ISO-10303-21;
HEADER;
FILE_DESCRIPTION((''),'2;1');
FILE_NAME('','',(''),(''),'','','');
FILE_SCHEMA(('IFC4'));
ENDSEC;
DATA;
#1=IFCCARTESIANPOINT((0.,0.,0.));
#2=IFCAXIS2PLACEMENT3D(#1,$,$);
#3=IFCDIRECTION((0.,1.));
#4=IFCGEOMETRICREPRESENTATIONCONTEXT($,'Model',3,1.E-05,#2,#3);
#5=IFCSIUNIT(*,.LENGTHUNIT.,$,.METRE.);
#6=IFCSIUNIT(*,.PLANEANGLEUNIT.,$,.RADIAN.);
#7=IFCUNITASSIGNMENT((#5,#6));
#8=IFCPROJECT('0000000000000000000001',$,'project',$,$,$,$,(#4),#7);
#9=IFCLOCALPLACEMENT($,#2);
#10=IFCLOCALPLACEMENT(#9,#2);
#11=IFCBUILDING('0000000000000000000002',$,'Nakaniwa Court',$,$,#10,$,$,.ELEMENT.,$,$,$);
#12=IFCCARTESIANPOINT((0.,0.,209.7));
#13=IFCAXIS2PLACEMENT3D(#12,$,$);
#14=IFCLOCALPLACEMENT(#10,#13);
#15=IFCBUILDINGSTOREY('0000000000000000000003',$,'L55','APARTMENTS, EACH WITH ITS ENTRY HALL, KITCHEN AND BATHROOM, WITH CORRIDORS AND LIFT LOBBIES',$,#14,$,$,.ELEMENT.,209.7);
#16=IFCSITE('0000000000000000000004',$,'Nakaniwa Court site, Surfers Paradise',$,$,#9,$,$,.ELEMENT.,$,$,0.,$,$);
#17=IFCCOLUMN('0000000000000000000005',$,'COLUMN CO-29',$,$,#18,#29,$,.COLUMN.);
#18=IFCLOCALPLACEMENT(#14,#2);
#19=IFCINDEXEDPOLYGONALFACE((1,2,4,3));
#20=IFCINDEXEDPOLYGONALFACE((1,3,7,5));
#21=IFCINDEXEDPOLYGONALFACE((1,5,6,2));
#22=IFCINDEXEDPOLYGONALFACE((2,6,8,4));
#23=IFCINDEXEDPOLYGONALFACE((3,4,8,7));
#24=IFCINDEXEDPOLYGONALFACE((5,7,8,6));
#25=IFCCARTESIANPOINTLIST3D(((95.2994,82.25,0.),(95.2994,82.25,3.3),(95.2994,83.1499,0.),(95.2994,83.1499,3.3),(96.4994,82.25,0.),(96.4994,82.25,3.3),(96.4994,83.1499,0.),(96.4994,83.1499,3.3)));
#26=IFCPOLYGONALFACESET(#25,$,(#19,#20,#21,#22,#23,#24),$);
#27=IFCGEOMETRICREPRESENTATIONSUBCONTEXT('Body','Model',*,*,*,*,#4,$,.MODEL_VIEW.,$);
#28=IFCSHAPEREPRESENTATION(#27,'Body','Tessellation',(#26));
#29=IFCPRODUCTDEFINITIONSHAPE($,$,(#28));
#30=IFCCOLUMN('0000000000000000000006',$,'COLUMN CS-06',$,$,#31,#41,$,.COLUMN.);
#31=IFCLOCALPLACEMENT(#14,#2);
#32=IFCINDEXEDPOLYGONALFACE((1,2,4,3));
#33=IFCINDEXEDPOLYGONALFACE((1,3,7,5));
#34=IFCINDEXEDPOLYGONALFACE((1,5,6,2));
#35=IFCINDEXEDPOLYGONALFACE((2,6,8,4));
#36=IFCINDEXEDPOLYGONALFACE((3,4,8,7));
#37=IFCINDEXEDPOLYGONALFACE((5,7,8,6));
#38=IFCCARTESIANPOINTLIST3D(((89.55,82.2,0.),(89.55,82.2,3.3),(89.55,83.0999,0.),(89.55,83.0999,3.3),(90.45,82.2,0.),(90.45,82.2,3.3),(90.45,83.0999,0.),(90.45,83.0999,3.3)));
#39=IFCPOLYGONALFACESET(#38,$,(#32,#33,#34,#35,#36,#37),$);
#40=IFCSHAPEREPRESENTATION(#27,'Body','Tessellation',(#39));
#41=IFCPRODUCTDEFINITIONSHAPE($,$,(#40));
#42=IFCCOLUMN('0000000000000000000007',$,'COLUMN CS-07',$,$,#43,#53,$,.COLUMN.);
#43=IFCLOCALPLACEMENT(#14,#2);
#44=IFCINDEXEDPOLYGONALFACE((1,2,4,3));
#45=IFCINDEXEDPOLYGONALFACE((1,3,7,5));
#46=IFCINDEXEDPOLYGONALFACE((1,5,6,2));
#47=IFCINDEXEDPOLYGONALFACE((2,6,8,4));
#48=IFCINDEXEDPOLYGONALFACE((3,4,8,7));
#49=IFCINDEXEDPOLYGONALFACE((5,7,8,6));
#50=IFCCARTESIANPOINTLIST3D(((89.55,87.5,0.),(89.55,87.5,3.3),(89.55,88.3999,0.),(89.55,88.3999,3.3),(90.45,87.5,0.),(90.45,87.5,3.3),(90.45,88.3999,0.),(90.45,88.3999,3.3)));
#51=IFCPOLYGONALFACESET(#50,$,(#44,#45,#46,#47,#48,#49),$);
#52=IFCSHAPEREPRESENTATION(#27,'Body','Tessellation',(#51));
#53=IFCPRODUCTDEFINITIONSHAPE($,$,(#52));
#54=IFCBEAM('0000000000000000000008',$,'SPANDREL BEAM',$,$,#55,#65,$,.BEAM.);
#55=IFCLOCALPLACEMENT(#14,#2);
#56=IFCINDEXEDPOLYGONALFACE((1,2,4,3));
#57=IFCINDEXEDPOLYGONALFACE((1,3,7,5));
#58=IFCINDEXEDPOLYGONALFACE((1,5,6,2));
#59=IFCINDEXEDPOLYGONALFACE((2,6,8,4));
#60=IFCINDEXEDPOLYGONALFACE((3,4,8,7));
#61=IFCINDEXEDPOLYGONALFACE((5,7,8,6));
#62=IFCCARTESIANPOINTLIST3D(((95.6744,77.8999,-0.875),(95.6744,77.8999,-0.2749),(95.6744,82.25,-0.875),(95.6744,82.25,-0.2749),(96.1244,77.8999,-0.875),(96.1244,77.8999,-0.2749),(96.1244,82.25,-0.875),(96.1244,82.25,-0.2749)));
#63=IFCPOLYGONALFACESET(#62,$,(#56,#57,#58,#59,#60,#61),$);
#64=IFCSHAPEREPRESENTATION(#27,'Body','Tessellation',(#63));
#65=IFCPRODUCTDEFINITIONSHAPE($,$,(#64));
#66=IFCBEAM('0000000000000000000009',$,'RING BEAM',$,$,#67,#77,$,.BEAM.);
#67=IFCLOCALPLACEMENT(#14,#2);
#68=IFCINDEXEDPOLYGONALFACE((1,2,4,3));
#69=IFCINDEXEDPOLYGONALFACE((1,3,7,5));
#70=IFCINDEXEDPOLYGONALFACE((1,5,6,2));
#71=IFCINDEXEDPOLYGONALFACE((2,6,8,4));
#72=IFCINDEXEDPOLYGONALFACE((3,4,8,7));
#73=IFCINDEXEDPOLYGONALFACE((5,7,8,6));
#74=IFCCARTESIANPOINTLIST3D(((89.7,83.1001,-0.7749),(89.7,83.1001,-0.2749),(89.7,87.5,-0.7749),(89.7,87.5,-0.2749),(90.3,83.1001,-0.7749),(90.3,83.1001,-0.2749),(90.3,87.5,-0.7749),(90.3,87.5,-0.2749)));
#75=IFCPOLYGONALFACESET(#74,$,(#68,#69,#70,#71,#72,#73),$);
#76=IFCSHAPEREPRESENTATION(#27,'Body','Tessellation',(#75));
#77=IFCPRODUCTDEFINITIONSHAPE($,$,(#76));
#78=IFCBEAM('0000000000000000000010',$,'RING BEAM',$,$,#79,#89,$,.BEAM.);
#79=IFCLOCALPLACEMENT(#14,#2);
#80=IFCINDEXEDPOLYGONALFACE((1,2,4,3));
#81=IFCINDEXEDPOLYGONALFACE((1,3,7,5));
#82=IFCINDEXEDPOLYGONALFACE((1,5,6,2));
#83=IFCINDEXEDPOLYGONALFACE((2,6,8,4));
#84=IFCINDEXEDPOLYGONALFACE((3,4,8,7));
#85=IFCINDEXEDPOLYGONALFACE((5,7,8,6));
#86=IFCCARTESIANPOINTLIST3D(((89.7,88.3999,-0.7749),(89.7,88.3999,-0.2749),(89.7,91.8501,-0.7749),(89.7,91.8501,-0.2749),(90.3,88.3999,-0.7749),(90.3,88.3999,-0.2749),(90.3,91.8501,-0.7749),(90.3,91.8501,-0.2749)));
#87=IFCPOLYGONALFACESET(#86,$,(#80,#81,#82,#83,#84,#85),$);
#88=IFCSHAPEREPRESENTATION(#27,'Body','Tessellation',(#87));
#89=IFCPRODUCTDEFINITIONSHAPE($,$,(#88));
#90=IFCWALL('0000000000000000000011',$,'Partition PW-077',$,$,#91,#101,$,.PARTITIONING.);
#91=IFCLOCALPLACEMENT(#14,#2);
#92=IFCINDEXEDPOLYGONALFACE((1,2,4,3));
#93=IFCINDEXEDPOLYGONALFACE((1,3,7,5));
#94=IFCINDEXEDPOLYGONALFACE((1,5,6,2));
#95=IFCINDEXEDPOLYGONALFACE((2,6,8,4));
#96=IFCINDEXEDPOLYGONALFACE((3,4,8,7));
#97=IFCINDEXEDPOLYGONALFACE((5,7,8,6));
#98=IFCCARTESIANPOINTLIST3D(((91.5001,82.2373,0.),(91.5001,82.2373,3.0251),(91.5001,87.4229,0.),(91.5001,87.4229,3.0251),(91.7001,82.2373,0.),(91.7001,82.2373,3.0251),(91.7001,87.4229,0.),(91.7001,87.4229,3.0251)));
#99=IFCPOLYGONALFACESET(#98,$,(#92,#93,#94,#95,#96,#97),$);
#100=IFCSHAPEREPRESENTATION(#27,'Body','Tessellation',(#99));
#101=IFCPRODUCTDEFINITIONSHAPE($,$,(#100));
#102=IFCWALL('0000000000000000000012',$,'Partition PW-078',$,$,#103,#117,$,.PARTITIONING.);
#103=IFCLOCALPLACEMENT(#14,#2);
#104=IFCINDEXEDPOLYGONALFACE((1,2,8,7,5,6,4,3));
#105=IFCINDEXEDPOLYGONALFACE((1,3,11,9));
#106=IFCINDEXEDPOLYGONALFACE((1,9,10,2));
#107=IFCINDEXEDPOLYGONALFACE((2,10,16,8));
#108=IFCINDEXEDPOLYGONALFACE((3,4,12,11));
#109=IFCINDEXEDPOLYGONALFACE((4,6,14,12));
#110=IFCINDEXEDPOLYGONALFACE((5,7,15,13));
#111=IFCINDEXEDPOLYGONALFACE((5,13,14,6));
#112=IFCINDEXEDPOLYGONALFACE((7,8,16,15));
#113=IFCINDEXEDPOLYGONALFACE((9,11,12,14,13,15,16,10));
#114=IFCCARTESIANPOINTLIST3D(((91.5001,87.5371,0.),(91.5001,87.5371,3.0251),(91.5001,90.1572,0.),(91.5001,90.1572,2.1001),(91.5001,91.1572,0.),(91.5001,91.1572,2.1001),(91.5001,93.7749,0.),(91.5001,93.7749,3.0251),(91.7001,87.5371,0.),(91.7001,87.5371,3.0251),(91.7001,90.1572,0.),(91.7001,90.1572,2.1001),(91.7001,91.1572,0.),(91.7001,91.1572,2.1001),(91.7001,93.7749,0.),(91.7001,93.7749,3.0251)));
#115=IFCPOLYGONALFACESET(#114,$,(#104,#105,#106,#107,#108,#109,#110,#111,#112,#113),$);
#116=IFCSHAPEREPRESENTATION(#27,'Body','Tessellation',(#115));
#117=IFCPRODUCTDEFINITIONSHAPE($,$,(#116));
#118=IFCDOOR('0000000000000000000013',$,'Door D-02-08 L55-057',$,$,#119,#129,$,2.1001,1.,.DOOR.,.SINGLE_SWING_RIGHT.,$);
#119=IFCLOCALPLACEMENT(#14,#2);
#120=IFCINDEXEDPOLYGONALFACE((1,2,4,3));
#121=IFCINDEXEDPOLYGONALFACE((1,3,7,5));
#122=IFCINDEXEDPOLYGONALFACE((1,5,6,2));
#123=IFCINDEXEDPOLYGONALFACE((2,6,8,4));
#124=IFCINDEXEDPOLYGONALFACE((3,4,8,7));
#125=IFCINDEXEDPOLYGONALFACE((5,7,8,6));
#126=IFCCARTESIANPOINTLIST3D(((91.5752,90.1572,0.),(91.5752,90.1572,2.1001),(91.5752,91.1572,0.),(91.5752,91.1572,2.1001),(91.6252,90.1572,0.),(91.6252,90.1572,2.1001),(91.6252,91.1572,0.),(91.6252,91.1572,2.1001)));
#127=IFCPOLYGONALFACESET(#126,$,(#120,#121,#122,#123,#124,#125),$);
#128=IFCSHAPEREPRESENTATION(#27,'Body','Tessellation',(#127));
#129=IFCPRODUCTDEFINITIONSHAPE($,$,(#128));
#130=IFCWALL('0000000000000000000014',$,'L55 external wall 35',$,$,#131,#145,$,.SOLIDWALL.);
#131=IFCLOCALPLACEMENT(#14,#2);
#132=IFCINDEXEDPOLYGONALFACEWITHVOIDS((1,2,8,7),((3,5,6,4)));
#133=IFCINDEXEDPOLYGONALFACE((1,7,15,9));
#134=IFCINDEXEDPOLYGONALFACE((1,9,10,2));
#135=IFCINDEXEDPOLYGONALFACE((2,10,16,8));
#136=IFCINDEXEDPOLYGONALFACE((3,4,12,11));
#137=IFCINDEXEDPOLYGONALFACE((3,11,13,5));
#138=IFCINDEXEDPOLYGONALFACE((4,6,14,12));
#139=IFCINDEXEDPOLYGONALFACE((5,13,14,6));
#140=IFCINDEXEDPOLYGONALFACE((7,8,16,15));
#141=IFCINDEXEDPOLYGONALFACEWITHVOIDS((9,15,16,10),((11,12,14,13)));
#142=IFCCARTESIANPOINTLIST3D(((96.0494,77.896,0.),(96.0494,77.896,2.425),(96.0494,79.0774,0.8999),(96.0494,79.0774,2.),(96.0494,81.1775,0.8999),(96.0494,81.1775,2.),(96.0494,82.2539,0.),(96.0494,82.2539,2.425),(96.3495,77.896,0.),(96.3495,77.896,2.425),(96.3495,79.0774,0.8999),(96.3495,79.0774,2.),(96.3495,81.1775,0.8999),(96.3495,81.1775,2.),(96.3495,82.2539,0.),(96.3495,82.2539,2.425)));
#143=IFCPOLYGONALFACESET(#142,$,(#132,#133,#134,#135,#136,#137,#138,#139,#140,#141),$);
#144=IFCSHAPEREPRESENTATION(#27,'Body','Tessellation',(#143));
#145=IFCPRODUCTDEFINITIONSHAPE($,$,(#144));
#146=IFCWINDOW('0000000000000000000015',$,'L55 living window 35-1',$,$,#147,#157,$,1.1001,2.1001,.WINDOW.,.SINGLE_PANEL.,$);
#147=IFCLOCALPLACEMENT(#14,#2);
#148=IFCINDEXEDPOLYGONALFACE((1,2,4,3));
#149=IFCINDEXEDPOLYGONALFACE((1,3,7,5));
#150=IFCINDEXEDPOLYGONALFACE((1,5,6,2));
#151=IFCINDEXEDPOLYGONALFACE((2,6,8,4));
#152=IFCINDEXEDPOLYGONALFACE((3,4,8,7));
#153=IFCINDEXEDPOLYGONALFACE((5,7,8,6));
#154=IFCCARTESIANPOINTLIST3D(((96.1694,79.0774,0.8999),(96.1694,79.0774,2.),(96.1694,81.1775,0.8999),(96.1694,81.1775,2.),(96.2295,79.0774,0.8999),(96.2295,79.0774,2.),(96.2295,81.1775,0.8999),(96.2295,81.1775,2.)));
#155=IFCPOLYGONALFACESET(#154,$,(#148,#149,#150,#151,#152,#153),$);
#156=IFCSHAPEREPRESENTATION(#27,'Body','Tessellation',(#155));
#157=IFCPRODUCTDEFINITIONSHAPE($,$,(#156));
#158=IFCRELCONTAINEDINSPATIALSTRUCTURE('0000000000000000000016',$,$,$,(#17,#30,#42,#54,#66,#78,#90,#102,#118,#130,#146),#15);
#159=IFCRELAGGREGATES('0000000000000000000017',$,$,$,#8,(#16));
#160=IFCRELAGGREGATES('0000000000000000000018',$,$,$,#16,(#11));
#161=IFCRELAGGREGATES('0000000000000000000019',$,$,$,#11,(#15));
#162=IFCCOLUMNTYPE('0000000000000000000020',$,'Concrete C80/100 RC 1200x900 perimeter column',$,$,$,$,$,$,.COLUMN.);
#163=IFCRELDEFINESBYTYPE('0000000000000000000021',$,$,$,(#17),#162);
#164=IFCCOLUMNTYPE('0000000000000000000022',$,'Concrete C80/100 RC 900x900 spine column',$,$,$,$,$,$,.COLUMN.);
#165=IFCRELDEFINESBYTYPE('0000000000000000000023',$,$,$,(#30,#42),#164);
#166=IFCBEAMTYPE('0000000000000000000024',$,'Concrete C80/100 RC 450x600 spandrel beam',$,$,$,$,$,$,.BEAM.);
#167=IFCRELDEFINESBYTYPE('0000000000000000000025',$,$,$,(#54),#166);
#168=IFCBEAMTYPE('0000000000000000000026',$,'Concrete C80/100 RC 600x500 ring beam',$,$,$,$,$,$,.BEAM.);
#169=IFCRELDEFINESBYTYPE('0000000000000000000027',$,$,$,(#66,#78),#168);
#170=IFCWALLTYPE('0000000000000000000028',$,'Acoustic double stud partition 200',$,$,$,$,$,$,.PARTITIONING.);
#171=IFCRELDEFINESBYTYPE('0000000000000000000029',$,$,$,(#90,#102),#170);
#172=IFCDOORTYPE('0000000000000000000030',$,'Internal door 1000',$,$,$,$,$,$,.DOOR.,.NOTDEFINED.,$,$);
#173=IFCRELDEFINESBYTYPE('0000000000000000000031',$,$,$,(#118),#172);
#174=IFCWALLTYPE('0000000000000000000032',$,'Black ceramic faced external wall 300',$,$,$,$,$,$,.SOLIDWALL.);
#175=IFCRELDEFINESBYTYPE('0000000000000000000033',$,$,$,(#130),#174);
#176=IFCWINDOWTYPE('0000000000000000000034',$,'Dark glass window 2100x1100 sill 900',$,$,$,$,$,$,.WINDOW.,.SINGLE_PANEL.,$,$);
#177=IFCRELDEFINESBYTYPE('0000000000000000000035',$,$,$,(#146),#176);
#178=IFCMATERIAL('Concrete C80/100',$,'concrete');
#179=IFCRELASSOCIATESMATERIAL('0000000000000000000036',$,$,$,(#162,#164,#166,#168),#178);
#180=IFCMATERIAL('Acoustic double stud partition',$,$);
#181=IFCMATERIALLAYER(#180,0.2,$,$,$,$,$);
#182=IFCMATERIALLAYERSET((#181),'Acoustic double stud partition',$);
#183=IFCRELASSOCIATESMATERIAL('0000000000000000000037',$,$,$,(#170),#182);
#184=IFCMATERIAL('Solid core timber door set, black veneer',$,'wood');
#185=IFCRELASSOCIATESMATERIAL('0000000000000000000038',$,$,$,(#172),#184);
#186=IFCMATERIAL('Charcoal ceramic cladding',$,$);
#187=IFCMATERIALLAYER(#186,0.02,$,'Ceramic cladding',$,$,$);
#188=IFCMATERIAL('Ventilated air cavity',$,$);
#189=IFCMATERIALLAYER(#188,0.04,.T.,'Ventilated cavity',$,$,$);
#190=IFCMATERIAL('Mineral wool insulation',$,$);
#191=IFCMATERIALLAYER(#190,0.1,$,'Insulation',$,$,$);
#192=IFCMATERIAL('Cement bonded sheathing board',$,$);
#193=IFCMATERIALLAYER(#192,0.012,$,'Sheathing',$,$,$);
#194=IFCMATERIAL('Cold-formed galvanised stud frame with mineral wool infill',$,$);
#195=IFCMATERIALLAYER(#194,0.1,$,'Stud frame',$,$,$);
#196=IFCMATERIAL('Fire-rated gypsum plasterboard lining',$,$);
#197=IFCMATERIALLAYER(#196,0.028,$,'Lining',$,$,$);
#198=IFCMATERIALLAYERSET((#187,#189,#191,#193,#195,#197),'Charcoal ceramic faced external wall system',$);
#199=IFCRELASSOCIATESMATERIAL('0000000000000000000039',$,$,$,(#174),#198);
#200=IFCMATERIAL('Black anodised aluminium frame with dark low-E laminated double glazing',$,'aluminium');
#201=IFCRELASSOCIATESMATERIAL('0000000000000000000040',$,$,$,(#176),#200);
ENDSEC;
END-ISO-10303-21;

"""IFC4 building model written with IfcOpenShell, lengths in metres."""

from ifc_helpers import new_model, si_unit, direction, frame, frame_2d, origin, origin_2d, place, context, subcontext, project, spatial, rectangle, extrude, material, layer, layer_set, material_profile, profile_set, type_object, element, fill, save


model = new_model("IFC4")

# Units and contexts
model_context = context("Model", 3, precision=1e-05, world=origin(), true_north=direction((0.0, 1.0)))
body_context = subcontext(model_context, "Body", "Model", "MODEL_VIEW")
ifc_project = project(units=[si_unit("LENGTHUNIT", "METRE"), si_unit("PLANEANGLEUNIT", "RADIAN")], contexts=[model_context])

# Site, building, storey
site_placement = place(None, origin())
site = spatial("IfcSite", under=ifc_project, at=site_placement, Name="Nakaniwa Court site, Surfers Paradise", CompositionType="ELEMENT", RefElevation=0.0)
building_placement = place(site_placement, origin())
building = spatial("IfcBuilding", under=site, at=building_placement, Name="Nakaniwa Court", CompositionType="ELEMENT")
storey_placement = place(building_placement, frame((0.0, 0.0, 209.7)))
storey = spatial("IfcBuildingStorey", under=building, at=storey_placement, Name="L55", Description="APARTMENTS, EACH WITH ITS ENTRY HALL, KITCHEN AND BATHROOM, WITH CORRIDORS AND LIFT LOBBIES", CompositionType="ELEMENT", Elevation=209.7)

# Columns
ifc_material_1 = material(Name="Concrete C80/100", Category="concrete")
ifc_material_profile_1 = material_profile(ifc_material_1, rectangle(XDim=1.2, YDim=0.8999, at=origin_2d()), Name="Concrete C80/100 RC 1200x900 perimeter column")
ifc_profile_set_1 = profile_set([ifc_material_profile_1], Name="Concrete C80/100")
column_type_1 = type_object("IfcColumnType", Name="Concrete C80/100 RC 1200x900 perimeter column", PredefinedType="COLUMN", material=ifc_profile_set_1)
column_placement = place(storey_placement, frame((95.8994, 82.7, 0.0), z_axis=(0.0, 0.0, 1.0), x_axis=(1.0, 0.0, 0.0)))
element("IfcColumn", 1, at=column_placement, inside=storey, type_object=column_type_1, Name="COLUMN CO-29", PredefinedType="COLUMN", context=body_context, shape_type="SweptSolid", body=[
    extrude(rectangle(XDim=1.2, YDim=0.8999, at=origin_2d()), origin(), (0.0, 0.0, 1.0), 3.3),
])
ifc_material_profile_2 = material_profile(ifc_material_1, rectangle(XDim=0.8999, YDim=0.8999, at=origin_2d()), Name="Concrete C80/100 RC 900x900 spine column")
ifc_profile_set_2 = profile_set([ifc_material_profile_2], Name="Concrete C80/100")
column_type_2 = type_object("IfcColumnType", Name="Concrete C80/100 RC 900x900 spine column", PredefinedType="COLUMN", material=ifc_profile_set_2)
for number, where, z_axis, x_axis, name in (
    (2, (90.0, 82.6499, 0.0), (0.0, 0.0, 1.0), (0.0, 1.0, 0.0), "COLUMN CS-06"),
    (3, (90.0, 87.95, 0.0), (0.0, 0.0, 1.0), (0.0, 1.0, 0.0), "COLUMN CS-07"),
):
    element("IfcColumn", number, at=place(storey_placement, frame(where, z_axis=z_axis, x_axis=x_axis)), inside=storey, type_object=column_type_2, Name=name, PredefinedType="COLUMN", context=body_context, shape_type="SweptSolid", body=[
        extrude(rectangle(XDim=0.8999, YDim=0.8999, at=origin_2d()), origin(), (0.0, 0.0, 1.0), 3.3),
    ])

# Beams
ifc_material_profile_3 = material_profile(ifc_material_1, rectangle(XDim=0.45, YDim=0.6001, at=origin_2d()), Name="Concrete C80/100 RC 450x600 spandrel beam")
ifc_profile_set_3 = profile_set([ifc_material_profile_3], Name="Concrete C80/100")
beam_type_1 = type_object("IfcBeamType", Name="Concrete C80/100 RC 450x600 spandrel beam", PredefinedType="BEAM", material=ifc_profile_set_3)
beam_1_placement = place(storey_placement, frame((95.8994, 77.8999, -0.575), z_axis=(0.0, 1.0, 0.0), x_axis=(-1.0, 0.0, 0.0)))
element("IfcBeam", 4, at=beam_1_placement, inside=storey, type_object=beam_type_1, Name="SPANDREL BEAM", PredefinedType="BEAM", context=body_context, shape_type="SweptSolid", body=[
    extrude(rectangle(XDim=0.45, YDim=0.6001, at=origin_2d()), origin(), (0.0, 0.0, 1.0), 4.3501),
])
ifc_material_profile_4 = material_profile(ifc_material_1, rectangle(XDim=0.6001, YDim=0.5, at=origin_2d()), Name="Concrete C80/100 RC 600x500 ring beam")
ifc_profile_set_4 = profile_set([ifc_material_profile_4], Name="Concrete C80/100")
beam_type_2 = type_object("IfcBeamType", Name="Concrete C80/100 RC 600x500 ring beam", PredefinedType="BEAM", material=ifc_profile_set_4)
beam_2_placement = place(storey_placement, frame((90.0, 83.1001, -0.5249), z_axis=(0.0, 1.0, 0.0), x_axis=(-1.0, 0.0, 0.0)))
element("IfcBeam", 5, at=beam_2_placement, inside=storey, type_object=beam_type_2, Name="RING BEAM", PredefinedType="BEAM", context=body_context, shape_type="SweptSolid", body=[
    extrude(rectangle(XDim=0.6001, YDim=0.5, at=origin_2d()), origin(), (0.0, 0.0, 1.0), 4.3999),
])
beam_3_placement = place(storey_placement, frame((90.0, 88.3999, -0.5249), z_axis=(0.0, 1.0, 0.0), x_axis=(-1.0, 0.0, 0.0)))
element("IfcBeam", 6, at=beam_3_placement, inside=storey, type_object=beam_type_2, Name="RING BEAM", PredefinedType="BEAM", context=body_context, shape_type="SweptSolid", body=[
    extrude(rectangle(XDim=0.6001, YDim=0.5, at=origin_2d()), origin(), (0.0, 0.0, 1.0), 3.4502),
])

# Wall
ifc_material_2 = material(Name="Acoustic double stud partition")
ifc_layer_1 = layer(ifc_material_2, 0.2)
ifc_layer_set_1 = layer_set([ifc_layer_1], Name="Acoustic double stud partition")
wall_type_1 = type_object("IfcWallType", Name="Acoustic double stud partition 200", PredefinedType="PARTITIONING", material=ifc_layer_set_1)
wall_1_placement = place(storey_placement, frame((91.6001, 82.2373, 0.0), z_axis=(0.0, 0.0, 1.0), x_axis=(0.0, 1.0, 0.0)))
element("IfcWall", 7, at=wall_1_placement, inside=storey, type_object=wall_type_1, Name="Partition PW-077", PredefinedType="PARTITIONING", context=body_context, shape_type="SweptSolid", body=[
    extrude(rectangle(XDim=5.1855, YDim=0.2, at=frame_2d((2.5928, 0.0))), origin(), (0.0, 0.0, 1.0), 3.0251),
])

# Wall, opening, door
wall_2_placement = place(storey_placement, frame((91.6001, 87.5371, 0.0), z_axis=(0.0, 0.0, 1.0), x_axis=(0.0, 1.0, 0.0)))
wall_2 = element("IfcWall", 8, at=wall_2_placement, inside=storey, type_object=wall_type_1, Name="Partition PW-078", PredefinedType="PARTITIONING", context=body_context, shape_type="SweptSolid", body=[
    extrude(rectangle(XDim=6.2378, YDim=0.2, at=frame_2d((3.1189, 0.0))), origin(), (0.0, 0.0, 1.0), 3.0251),
])
opening_1_placement = place(wall_2_placement, frame((2.6201, 0.0, 0.0)))
opening_1 = element("IfcOpeningElement", 9, at=opening_1_placement, cuts=wall_2, PredefinedType="OPENING", context=body_context, shape_type="SweptSolid", body=[
    extrude(rectangle(XDim=1.0, YDim=2.1001, at=frame_2d((0.5, 1.05))), frame((0.0, 0.1099, 0.0), z_axis=(0.0, -1.0, 0.0), x_axis=(1.0, 0.0, 0.0)), (0.0, 0.0, 1.0), 0.22),
])
ifc_material_3 = material(Name="Solid core timber door set, black veneer", Category="wood")
door_type_1 = type_object("IfcDoorType", Name="Internal door 1000", OperationType="NOTDEFINED", PredefinedType="DOOR", material=ifc_material_3)
door_1_placement = place(opening_1_placement, origin())
door_1 = element("IfcDoor", 10, at=door_1_placement, inside=storey, type_object=door_type_1, Name="Door D-02-08 L55-057", OperationType="SINGLE_SWING_RIGHT", OverallHeight=2.1001, OverallWidth=1.0, PredefinedType="DOOR", context=body_context, shape_type="SweptSolid", body=[
    extrude(rectangle(XDim=1.0, YDim=2.1001, at=frame_2d((0.5, 1.05))), frame((0.0, 0.0249, 0.0), z_axis=(0.0, -1.0, 0.0), x_axis=(1.0, 0.0, 0.0)), (0.0, 0.0, 1.0), 0.05),
])
fill(opening_1, door_1)

# Wall, opening, window
ifc_material_4 = material(Name="Charcoal ceramic cladding")
ifc_layer_2 = layer(ifc_material_4, 0.02, Name="Ceramic cladding")
ifc_material_5 = material(Name="Ventilated air cavity")
ifc_layer_3 = layer(ifc_material_5, 0.04, ventilated=True, Name="Ventilated cavity")
ifc_material_6 = material(Name="Mineral wool insulation")
ifc_layer_4 = layer(ifc_material_6, 0.1, Name="Insulation")
ifc_material_7 = material(Name="Cement bonded sheathing board")
ifc_layer_5 = layer(ifc_material_7, 0.012, Name="Sheathing")
ifc_material_8 = material(Name="Cold-formed galvanised stud frame with mineral wool infill")
ifc_layer_6 = layer(ifc_material_8, 0.1, Name="Stud frame")
ifc_material_9 = material(Name="Fire-rated gypsum plasterboard lining")
ifc_layer_7 = layer(ifc_material_9, 0.028, Name="Lining")
ifc_layer_set_2 = layer_set([ifc_layer_2, ifc_layer_3, ifc_layer_4, ifc_layer_5, ifc_layer_6, ifc_layer_7], Name="Charcoal ceramic faced external wall system")
wall_type_2 = type_object("IfcWallType", Name="Black ceramic faced external wall 300", PredefinedType="SOLIDWALL", material=ifc_layer_set_2)
wall_3_placement = place(storey_placement, frame((96.1995, 77.896, 0.0), z_axis=(0.0, 0.0, 1.0), x_axis=(0.0, 1.0, 0.0)))
wall_3 = element("IfcWall", 11, at=wall_3_placement, inside=storey, type_object=wall_type_2, Name="L55 external wall 35", PredefinedType="SOLIDWALL", context=body_context, shape_type="SweptSolid", body=[
    extrude(rectangle(XDim=4.3579, YDim=0.3, at=frame_2d((2.179, 0.0))), origin(), (0.0, 0.0, 1.0), 2.425),
])
opening_2_placement = place(wall_3_placement, frame((1.1814, 0.0, 0.8999)))
opening_2 = element("IfcOpeningElement", 12, at=opening_2_placement, cuts=wall_3, PredefinedType="OPENING", context=body_context, shape_type="SweptSolid", body=[
    extrude(rectangle(XDim=2.1001, YDim=1.1001, at=frame_2d((1.05, 0.55))), frame((0.0, 0.1599, 0.0), z_axis=(0.0, -1.0, 0.0), x_axis=(1.0, 0.0, 0.0)), (0.0, 0.0, 1.0), 0.3201),
])
ifc_material_10 = material(Name="Black anodised aluminium frame with dark low-E laminated double glazing", Category="aluminium")
window_type = type_object("IfcWindowType", Name="Dark glass window 2100x1100 sill 900", PartitioningType="SINGLE_PANEL", PredefinedType="WINDOW", material=ifc_material_10)
window_placement = place(opening_2_placement, origin())
window = element("IfcWindow", 13, at=window_placement, inside=storey, type_object=window_type, Name="L55 living window 35-1", OverallHeight=1.1001, OverallWidth=2.1001, PartitioningType="SINGLE_PANEL", PredefinedType="WINDOW", context=body_context, shape_type="SweptSolid", body=[
    extrude(rectangle(XDim=2.1001, YDim=1.1001, at=frame_2d((1.05, 0.55))), frame((0.0, 0.03, 0.0), z_axis=(0.0, -1.0, 0.0), x_axis=(1.0, 0.0, 0.0)), (0.0, 0.0, 1.0), 0.0601),
])
fill(opening_2, window)

save(model, "model.ifc")
